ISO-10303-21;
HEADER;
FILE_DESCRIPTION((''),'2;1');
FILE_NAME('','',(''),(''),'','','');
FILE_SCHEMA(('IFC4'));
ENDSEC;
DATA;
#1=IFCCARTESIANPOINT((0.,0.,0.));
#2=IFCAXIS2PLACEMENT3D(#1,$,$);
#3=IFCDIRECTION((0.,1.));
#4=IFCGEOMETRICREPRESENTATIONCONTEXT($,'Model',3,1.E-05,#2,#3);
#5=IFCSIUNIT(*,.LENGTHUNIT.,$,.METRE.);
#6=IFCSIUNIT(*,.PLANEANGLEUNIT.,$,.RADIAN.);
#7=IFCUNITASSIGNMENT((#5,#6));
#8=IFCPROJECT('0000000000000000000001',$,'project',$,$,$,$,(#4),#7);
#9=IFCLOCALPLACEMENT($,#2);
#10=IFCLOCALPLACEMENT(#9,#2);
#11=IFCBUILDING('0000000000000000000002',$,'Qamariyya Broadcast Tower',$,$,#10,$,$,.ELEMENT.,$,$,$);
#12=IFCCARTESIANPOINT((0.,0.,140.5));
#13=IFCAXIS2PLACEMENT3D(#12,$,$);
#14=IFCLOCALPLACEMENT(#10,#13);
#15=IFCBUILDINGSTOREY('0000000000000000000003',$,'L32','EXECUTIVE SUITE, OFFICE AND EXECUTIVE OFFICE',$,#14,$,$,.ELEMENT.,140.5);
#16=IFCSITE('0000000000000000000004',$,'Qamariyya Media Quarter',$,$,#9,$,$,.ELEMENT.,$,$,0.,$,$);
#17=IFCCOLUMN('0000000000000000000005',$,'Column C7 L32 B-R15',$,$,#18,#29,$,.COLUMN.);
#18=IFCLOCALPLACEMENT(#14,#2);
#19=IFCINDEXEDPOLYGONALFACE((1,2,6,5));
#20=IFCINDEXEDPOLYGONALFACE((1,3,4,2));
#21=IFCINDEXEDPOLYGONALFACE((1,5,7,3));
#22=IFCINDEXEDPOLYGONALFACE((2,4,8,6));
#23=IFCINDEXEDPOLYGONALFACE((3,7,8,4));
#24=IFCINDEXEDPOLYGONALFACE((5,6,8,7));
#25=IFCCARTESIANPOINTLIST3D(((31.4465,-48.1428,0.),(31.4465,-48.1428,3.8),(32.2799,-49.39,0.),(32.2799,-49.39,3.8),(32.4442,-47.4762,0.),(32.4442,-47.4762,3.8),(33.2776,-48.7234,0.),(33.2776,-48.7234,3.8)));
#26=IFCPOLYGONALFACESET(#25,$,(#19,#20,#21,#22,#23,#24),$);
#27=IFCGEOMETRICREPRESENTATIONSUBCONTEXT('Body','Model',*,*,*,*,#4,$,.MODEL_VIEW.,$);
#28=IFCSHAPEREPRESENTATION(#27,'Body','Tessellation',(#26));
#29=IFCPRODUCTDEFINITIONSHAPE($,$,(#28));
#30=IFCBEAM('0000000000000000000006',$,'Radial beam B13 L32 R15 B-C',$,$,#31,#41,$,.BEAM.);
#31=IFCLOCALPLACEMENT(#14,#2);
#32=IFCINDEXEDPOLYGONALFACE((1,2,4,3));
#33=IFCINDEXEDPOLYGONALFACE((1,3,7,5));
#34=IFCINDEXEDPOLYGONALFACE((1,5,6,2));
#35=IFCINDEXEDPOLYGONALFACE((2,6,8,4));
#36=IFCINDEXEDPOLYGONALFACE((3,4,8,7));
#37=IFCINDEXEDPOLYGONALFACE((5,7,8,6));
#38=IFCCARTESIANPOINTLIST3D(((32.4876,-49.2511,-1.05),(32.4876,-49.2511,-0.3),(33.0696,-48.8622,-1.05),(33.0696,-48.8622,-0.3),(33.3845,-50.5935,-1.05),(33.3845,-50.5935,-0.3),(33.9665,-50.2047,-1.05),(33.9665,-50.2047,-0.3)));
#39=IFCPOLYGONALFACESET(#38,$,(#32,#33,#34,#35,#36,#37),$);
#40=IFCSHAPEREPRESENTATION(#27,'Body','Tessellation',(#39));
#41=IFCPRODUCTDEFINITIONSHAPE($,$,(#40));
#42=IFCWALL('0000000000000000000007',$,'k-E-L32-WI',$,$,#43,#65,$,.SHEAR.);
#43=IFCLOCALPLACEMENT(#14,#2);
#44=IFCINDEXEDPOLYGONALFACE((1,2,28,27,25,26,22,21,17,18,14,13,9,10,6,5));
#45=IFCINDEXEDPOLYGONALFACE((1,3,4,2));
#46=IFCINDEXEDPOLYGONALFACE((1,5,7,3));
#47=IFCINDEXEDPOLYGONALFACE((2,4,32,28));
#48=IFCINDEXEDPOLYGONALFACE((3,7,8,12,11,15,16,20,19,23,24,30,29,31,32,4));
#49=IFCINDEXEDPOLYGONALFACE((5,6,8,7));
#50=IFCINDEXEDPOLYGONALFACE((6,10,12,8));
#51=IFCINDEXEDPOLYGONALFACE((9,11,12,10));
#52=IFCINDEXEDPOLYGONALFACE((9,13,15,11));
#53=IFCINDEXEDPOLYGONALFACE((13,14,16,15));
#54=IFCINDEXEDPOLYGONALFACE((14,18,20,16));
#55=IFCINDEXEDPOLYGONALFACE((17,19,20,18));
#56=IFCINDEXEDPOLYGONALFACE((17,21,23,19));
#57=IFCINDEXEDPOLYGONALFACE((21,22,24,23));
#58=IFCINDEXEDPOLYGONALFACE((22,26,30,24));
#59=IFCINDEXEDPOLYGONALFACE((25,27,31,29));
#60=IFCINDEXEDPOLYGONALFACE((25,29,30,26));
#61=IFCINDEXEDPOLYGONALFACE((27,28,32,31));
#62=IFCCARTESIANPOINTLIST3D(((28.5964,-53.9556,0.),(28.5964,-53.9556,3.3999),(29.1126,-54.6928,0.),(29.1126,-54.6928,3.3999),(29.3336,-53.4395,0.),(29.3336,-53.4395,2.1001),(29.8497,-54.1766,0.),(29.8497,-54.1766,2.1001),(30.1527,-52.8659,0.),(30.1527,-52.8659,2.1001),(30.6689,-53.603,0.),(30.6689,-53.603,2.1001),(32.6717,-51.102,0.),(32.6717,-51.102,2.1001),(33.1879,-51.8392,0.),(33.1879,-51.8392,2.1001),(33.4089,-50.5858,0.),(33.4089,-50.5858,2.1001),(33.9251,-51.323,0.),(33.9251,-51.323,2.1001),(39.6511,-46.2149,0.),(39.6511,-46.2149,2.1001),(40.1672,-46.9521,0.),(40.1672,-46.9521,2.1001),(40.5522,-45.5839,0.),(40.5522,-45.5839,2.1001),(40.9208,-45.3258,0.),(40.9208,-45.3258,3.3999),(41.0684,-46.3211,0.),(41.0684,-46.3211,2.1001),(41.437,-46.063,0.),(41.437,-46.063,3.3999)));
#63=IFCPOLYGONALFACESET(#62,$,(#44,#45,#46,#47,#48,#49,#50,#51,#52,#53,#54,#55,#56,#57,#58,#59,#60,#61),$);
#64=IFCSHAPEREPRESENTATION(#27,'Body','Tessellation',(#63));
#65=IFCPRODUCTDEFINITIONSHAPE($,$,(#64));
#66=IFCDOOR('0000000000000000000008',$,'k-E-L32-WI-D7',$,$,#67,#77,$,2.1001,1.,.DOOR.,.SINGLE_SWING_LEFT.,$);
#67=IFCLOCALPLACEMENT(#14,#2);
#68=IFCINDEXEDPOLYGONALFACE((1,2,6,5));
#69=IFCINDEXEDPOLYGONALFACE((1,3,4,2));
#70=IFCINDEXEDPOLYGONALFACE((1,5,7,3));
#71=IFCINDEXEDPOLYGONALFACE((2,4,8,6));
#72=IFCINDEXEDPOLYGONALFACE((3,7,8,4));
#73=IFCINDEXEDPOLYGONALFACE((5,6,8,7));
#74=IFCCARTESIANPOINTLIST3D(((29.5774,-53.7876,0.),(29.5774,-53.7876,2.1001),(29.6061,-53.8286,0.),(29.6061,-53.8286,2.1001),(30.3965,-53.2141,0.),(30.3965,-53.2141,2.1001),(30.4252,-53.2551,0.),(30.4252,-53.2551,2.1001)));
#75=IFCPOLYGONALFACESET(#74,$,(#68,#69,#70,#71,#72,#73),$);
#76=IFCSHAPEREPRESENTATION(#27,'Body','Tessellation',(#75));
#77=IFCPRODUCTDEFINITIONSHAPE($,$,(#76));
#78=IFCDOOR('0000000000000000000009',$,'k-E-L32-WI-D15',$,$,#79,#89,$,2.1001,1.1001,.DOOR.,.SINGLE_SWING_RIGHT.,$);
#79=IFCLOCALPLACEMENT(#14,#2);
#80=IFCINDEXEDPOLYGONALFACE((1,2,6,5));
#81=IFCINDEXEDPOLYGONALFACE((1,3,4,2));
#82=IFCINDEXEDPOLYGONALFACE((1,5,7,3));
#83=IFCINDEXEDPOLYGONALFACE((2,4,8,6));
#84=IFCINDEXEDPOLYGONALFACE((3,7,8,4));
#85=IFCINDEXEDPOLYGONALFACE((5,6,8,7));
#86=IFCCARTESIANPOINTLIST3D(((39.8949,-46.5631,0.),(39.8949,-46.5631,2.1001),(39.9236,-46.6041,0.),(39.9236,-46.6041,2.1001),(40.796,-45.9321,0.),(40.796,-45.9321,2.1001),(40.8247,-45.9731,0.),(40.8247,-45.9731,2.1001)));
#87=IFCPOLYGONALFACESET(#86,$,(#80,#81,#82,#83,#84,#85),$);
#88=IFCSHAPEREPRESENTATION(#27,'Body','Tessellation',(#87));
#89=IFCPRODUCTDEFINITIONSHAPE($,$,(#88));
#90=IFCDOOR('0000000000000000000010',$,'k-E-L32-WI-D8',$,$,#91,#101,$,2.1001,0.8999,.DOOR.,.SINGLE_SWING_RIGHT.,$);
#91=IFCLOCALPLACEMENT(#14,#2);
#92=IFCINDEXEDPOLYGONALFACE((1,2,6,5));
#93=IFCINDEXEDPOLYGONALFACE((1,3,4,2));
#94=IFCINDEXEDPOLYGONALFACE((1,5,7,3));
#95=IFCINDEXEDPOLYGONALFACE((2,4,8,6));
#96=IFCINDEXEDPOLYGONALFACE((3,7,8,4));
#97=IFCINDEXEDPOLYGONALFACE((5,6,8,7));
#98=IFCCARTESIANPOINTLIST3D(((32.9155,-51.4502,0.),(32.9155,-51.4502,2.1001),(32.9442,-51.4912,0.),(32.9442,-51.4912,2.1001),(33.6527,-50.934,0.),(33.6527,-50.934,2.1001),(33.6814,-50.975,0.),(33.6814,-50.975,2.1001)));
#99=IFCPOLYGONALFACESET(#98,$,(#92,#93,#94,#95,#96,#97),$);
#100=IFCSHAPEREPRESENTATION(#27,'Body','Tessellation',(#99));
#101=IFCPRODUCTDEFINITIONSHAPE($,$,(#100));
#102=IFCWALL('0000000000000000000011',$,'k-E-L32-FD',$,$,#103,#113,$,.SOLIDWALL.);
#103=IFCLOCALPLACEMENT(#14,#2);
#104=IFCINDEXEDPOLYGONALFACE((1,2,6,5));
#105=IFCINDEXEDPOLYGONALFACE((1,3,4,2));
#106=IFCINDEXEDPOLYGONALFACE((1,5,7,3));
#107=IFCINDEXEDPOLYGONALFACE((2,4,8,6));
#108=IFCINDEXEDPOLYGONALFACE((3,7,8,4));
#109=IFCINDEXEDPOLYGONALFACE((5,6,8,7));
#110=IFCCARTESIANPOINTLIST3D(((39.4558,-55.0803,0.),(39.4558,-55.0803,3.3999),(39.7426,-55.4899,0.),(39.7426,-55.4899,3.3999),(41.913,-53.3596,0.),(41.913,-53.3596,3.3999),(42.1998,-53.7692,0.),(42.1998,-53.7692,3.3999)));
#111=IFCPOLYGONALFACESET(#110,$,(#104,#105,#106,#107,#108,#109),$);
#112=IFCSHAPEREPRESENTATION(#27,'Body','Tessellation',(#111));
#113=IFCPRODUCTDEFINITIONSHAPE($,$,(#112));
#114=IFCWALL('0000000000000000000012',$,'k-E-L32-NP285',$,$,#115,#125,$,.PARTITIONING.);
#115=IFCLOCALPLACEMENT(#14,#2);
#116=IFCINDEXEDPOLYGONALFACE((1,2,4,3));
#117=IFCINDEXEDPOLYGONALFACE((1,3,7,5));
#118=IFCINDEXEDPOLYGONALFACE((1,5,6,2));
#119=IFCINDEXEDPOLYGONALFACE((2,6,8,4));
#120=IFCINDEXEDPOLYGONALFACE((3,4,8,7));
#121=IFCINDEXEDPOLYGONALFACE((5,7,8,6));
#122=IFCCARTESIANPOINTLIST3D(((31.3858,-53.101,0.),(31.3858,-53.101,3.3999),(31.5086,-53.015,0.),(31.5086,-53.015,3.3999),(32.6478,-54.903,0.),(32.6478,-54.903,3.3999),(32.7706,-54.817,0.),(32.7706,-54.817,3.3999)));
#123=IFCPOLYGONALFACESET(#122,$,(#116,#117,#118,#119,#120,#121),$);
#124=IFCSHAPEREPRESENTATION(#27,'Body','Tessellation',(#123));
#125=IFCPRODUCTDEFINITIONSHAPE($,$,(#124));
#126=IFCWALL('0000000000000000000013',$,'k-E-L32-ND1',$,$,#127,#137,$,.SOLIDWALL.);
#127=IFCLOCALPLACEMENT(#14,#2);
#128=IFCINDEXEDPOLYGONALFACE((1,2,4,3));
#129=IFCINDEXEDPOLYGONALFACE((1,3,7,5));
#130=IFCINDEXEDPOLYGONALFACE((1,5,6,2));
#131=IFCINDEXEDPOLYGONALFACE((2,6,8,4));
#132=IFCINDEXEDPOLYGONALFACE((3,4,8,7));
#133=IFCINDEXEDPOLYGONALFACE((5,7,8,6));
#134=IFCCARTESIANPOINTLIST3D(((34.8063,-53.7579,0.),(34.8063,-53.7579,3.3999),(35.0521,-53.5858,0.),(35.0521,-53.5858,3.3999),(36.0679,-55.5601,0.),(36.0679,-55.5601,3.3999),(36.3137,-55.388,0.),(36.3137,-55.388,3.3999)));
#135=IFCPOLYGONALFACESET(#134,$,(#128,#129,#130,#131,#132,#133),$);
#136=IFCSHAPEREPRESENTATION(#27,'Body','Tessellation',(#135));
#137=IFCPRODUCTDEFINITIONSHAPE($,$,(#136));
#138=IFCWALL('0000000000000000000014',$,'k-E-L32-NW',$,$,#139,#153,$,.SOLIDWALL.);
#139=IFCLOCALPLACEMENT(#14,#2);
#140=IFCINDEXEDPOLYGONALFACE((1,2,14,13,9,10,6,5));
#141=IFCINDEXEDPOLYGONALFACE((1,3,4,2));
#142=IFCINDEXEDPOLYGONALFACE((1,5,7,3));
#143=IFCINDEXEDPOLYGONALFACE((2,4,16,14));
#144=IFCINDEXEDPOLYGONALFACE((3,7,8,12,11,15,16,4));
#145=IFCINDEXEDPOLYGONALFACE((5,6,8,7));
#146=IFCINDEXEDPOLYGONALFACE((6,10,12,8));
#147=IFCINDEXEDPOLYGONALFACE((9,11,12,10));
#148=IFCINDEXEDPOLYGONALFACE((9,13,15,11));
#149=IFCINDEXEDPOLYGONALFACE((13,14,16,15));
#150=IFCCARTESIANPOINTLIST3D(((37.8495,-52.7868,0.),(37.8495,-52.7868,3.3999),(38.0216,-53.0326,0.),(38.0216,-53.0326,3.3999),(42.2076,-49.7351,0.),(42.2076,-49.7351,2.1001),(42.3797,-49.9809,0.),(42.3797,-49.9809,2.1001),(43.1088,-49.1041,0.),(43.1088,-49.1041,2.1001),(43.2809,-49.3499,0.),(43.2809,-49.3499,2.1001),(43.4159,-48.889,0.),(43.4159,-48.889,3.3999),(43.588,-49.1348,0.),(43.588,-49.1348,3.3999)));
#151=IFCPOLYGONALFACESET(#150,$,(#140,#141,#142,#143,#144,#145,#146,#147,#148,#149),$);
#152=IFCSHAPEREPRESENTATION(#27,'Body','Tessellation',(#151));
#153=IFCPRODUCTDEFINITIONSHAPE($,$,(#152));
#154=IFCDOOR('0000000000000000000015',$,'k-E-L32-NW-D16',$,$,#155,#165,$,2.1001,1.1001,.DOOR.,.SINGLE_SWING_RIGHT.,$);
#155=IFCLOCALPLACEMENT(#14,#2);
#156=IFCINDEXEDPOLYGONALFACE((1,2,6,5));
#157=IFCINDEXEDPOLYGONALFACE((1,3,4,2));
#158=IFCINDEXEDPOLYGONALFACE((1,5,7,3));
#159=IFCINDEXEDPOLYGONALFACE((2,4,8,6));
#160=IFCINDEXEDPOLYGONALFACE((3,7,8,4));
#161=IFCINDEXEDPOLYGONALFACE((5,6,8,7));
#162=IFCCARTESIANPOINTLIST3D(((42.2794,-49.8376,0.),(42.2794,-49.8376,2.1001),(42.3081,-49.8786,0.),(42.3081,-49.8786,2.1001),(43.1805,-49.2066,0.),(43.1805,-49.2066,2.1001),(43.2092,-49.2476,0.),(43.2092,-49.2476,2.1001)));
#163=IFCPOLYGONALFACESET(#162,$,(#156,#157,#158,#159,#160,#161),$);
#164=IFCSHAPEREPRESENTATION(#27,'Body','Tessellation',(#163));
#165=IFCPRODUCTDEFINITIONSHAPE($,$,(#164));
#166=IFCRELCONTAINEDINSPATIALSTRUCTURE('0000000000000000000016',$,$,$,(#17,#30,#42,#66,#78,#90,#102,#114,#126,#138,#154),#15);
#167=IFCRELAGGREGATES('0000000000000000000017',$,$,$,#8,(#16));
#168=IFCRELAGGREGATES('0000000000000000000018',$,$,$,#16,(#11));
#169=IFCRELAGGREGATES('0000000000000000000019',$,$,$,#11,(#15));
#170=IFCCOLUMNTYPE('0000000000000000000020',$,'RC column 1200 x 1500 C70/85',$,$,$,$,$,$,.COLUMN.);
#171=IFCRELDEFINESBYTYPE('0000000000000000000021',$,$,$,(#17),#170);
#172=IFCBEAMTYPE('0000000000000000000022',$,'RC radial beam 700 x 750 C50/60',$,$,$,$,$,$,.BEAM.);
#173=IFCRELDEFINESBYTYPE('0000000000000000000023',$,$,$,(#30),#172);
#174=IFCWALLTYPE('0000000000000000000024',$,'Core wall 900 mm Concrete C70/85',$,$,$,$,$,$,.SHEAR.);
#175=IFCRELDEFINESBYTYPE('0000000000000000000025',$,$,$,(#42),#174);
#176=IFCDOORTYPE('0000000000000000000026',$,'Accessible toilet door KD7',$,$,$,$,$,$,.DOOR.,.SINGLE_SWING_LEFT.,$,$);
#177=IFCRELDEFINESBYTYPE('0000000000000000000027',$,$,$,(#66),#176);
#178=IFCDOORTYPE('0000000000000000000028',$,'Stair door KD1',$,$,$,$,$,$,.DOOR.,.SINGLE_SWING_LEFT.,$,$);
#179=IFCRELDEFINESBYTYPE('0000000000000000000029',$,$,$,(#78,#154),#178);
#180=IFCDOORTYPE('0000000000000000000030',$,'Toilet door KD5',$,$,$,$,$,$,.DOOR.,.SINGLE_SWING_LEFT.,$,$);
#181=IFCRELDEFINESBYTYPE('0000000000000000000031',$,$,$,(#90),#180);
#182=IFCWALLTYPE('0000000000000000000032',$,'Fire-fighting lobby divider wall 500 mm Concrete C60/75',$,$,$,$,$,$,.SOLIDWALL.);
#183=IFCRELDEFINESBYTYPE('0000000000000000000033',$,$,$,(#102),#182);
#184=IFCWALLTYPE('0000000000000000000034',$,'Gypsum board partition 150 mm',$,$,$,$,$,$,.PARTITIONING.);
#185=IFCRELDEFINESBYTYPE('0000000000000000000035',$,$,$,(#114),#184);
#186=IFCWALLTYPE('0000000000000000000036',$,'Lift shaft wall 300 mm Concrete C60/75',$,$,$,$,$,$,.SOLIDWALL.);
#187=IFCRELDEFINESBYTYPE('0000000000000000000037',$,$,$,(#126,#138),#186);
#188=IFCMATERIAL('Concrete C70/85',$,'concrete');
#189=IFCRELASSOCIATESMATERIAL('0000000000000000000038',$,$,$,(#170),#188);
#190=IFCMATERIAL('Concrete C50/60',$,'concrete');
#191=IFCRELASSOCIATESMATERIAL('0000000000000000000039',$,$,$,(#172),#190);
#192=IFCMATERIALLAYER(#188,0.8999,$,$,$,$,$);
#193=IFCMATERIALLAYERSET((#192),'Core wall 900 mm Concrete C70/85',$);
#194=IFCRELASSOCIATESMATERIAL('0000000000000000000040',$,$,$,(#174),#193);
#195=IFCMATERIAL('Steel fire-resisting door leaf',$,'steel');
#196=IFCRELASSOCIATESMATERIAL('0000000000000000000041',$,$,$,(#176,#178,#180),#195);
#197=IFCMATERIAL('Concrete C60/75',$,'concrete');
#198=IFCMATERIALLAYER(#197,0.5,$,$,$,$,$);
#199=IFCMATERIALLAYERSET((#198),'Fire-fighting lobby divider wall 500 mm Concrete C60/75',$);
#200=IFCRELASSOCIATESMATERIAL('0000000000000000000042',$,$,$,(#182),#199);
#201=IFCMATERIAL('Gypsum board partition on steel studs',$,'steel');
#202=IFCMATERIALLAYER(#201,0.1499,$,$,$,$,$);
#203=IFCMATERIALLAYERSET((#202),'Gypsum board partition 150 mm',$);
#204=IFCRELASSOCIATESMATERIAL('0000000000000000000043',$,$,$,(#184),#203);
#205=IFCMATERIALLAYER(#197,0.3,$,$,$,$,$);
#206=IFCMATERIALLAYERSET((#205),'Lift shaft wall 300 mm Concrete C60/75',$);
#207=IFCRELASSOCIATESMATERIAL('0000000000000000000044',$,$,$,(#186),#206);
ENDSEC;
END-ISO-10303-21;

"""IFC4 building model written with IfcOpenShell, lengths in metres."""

from ifc_helpers import new_model, si_unit, direction, frame, frame_2d, origin, origin_2d, place, context, subcontext, project, spatial, rectangle, extrude, material, layer, layer_set, material_profile, profile_set, type_object, element, fill, save


model = new_model("IFC4")

# Units and contexts
model_context = context("Model", 3, precision=1e-05, world=origin(), true_north=direction((0.0, 1.0)))
body_context = subcontext(model_context, "Body", "Model", "MODEL_VIEW")
ifc_project = project(units=[si_unit("LENGTHUNIT", "METRE"), si_unit("PLANEANGLEUNIT", "RADIAN")], contexts=[model_context])

# Site, building, storey
site_placement = place(None, origin())
site = spatial("IfcSite", under=ifc_project, at=site_placement, Name="Qamariyya Media Quarter", CompositionType="ELEMENT", RefElevation=0.0)
building_placement = place(site_placement, origin())
building = spatial("IfcBuilding", under=site, at=building_placement, Name="Qamariyya Broadcast Tower", CompositionType="ELEMENT")
storey_placement = place(building_placement, frame((0.0, 0.0, 140.5)))
storey = spatial("IfcBuildingStorey", under=building, at=storey_placement, Name="L32", Description="EXECUTIVE SUITE, OFFICE AND EXECUTIVE OFFICE", CompositionType="ELEMENT", Elevation=140.5)

# Column
ifc_material_1 = material(Name="Concrete C70/85", Category="concrete")
ifc_material_profile_1 = material_profile(ifc_material_1, rectangle(XDim=1.2, YDim=1.5, at=origin_2d()))
ifc_profile_set_1 = profile_set([ifc_material_profile_1], Name="Concrete C70/85")
column_type = type_object("IfcColumnType", Name="RC column 1200 x 1500 C70/85", PredefinedType="COLUMN", material=ifc_profile_set_1)
column_placement = place(storey_placement, frame((32.3621, -48.4331, 0.0), z_axis=(0.0, 0.0, 1.0), x_axis=(0.83147, 0.55557, 0.0)))
element("IfcColumn", 1, at=column_placement, inside=storey, type_object=column_type, Name="Column C7 L32 B-R15", PredefinedType="COLUMN", context=body_context, shape_type="SweptSolid", body=[
    extrude(rectangle(XDim=1.2, YDim=1.5, at=origin_2d()), origin(), (0.0, 0.0, 1.0), 3.8),
])

# Beam
ifc_material_2 = material(Name="Concrete C50/60", Category="concrete")
ifc_material_profile_2 = material_profile(ifc_material_2, rectangle(XDim=0.7, YDim=0.75, at=origin_2d()))
ifc_profile_set_2 = profile_set([ifc_material_profile_2], Name="Concrete C50/60")
beam_type = type_object("IfcBeamType", Name="RC radial beam 700 x 750 C50/60", PredefinedType="BEAM", material=ifc_profile_set_2)
beam_placement = place(storey_placement, frame((32.7786, -49.0566, -0.675), z_axis=(0.555537, -0.831492, 0.0), x_axis=(0.831492, 0.555537, 0.0)))
element("IfcBeam", 2, at=beam_placement, inside=storey, type_object=beam_type, Name="Radial beam B13 L32 R15 B-C", PredefinedType="BEAM", context=body_context, shape_type="SweptSolid", body=[
    extrude(rectangle(XDim=0.7, YDim=0.75, at=origin_2d()), origin(), (0.0, 0.0, 1.0), 1.6145),
])

# Wall, openings, doors
ifc_layer_1 = layer(ifc_material_1, 0.8999)
ifc_layer_set_1 = layer_set([ifc_layer_1], Name="Core wall 900 mm Concrete C70/85")
wall_type_1 = type_object("IfcWallType", Name="Core wall 900 mm Concrete C70/85", PredefinedType="SHEAR", material=ifc_layer_set_1)
wall_1_placement = place(storey_placement, frame((28.8545, -54.3242, 0.0), z_axis=(0.0, 0.0, 1.0), x_axis=(0.819146, 0.573585, 0.0)))
wall_1 = element("IfcWall", 3, at=wall_1_placement, inside=storey, type_object=wall_type_1, Name="k-E-L32-WI", PredefinedType="SHEAR", context=body_context, shape_type="SweptSolid", body=[
    extrude(rectangle(XDim=15.0454, YDim=0.8999, at=frame_2d((7.5227, 0.0))), origin(), (0.0, 0.0, 1.0), 3.3999),
])
opening_1_placement = place(wall_1_placement, frame((0.8999, 0.0, 0.0)))
opening_1 = element("IfcOpeningElement", 4, at=opening_1_placement, cuts=wall_1, PredefinedType="OPENING", context=body_context, shape_type="SweptSolid", body=[
    extrude(rectangle(XDim=1.0, YDim=2.1001, at=frame_2d((0.5, 1.05))), frame((0.0, 0.46, 0.0), z_axis=(0.0, -1.0, 0.0), x_axis=(1.0, 0.0, 0.0)), (0.0, 0.0, 1.0), 0.9199),
])
opening_2_placement = place(wall_1_placement, frame((4.9751, 0.0, 0.0)))
opening_2 = element("IfcOpeningElement", 5, at=opening_2_placement, cuts=wall_1, PredefinedType="OPENING", context=body_context, shape_type="SweptSolid", body=[
    extrude(rectangle(XDim=0.8999, YDim=2.1001, at=frame_2d((0.45, 1.05))), frame((0.0, 0.46, 0.0), z_axis=(0.0, -1.0, 0.0), x_axis=(1.0, 0.0, 0.0)), (0.0, 0.0, 1.0), 0.9199),
])
opening_3_placement = place(wall_1_placement, frame((13.4954, 0.0, 0.0)))
opening_3 = element("IfcOpeningElement", 6, at=opening_3_placement, cuts=wall_1, PredefinedType="OPENING", context=body_context, shape_type="SweptSolid", body=[
    extrude(rectangle(XDim=1.1001, YDim=2.1001, at=frame_2d((0.55, 1.05))), frame((0.0, 0.46, 0.0), z_axis=(0.0, -1.0, 0.0), x_axis=(1.0, 0.0, 0.0)), (0.0, 0.0, 1.0), 0.9199),
])
ifc_material_3 = material(Name="Steel fire-resisting door leaf", Category="steel")
door_type_1 = type_object("IfcDoorType", Name="Accessible toilet door KD7", OperationType="SINGLE_SWING_LEFT", PredefinedType="DOOR", material=ifc_material_3)
door_1_placement = place(opening_1_placement, origin())
door_1 = element("IfcDoor", 7, at=door_1_placement, inside=storey, type_object=door_type_1, Name="k-E-L32-WI-D7", OperationType="SINGLE_SWING_LEFT", OverallHeight=2.1001, OverallWidth=1.0, PredefinedType="DOOR", context=body_context, shape_type="SweptSolid", body=[
    extrude(rectangle(XDim=1.0, YDim=2.1001, at=frame_2d((0.5, 1.05))), frame((0.0, 0.0249, 0.0), z_axis=(0.0, -1.0, 0.0), x_axis=(1.0, 0.0, 0.0)), (0.0, 0.0, 1.0), 0.05),
])
fill(opening_1, door_1)
door_type_2 = type_object("IfcDoorType", Name="Stair door KD1", OperationType="SINGLE_SWING_LEFT", PredefinedType="DOOR", material=ifc_material_3)
door_2_placement = place(opening_3_placement, origin())
door_2 = element("IfcDoor", 8, at=door_2_placement, inside=storey, type_object=door_type_2, Name="k-E-L32-WI-D15", OperationType="SINGLE_SWING_RIGHT", OverallHeight=2.1001, OverallWidth=1.1001, PredefinedType="DOOR", context=body_context, shape_type="SweptSolid", body=[
    extrude(rectangle(XDim=1.1001, YDim=2.1001, at=frame_2d((0.55, 1.05))), frame((0.0, 0.0249, 0.0), z_axis=(0.0, -1.0, 0.0), x_axis=(1.0, 0.0, 0.0)), (0.0, 0.0, 1.0), 0.05),
])
fill(opening_3, door_2)
door_type_3 = type_object("IfcDoorType", Name="Toilet door KD5", OperationType="SINGLE_SWING_LEFT", PredefinedType="DOOR", material=ifc_material_3)
door_3_placement = place(opening_2_placement, origin())
door_3 = element("IfcDoor", 9, at=door_3_placement, inside=storey, type_object=door_type_3, Name="k-E-L32-WI-D8", OperationType="SINGLE_SWING_RIGHT", OverallHeight=2.1001, OverallWidth=0.8999, PredefinedType="DOOR", context=body_context, shape_type="SweptSolid", body=[
    extrude(rectangle(XDim=0.8999, YDim=2.1001, at=frame_2d((0.45, 1.05))), frame((0.0, 0.0249, 0.0), z_axis=(0.0, -1.0, 0.0), x_axis=(1.0, 0.0, 0.0)), (0.0, 0.0, 1.0), 0.05),
])
fill(opening_2, door_3)

# Walls
ifc_material_4 = material(Name="Concrete C60/75", Category="concrete")
ifc_layer_2 = layer(ifc_material_4, 0.5)
ifc_layer_set_2 = layer_set([ifc_layer_2], Name="Fire-fighting lobby divider wall 500 mm Concrete C60/75")
wall_type_2 = type_object("IfcWallType", Name="Fire-fighting lobby divider wall 500 mm Concrete C60/75", PredefinedType="SOLIDWALL", material=ifc_layer_set_2)
wall_2_placement = place(storey_placement, frame((39.5991, -55.2852, 0.0), z_axis=(0.0, 0.0, 1.0), x_axis=(0.819136, 0.573599, 0.0)))
element("IfcWall", 10, at=wall_2_placement, inside=storey, type_object=wall_type_2, Name="k-E-L32-FD", PredefinedType="SOLIDWALL", context=body_context, shape_type="SweptSolid", body=[
    extrude(rectangle(XDim=2.9998, YDim=0.5, at=frame_2d((1.5, 0.0))), origin(), (0.0, 0.0, 1.0), 3.3999),
])
ifc_material_5 = material(Name="Gypsum board partition on steel studs", Category="steel")
ifc_layer_3 = layer(ifc_material_5, 0.1499)
ifc_layer_set_3 = layer_set([ifc_layer_3], Name="Gypsum board partition 150 mm")
wall_type_3 = type_object("IfcWallType", Name="Gypsum board partition 150 mm", PredefinedType="PARTITIONING", material=ifc_layer_set_3)
wall_3_placement = place(storey_placement, frame((32.7092, -54.8601, 0.0), z_axis=(0.0, 0.0, 1.0), x_axis=(-0.573634, 0.819112, 0.0)))
element("IfcWall", 11, at=wall_3_placement, inside=storey, type_object=wall_type_3, Name="k-E-L32-NP285", PredefinedType="PARTITIONING", context=body_context, shape_type="SweptSolid", body=[
    extrude(rectangle(XDim=2.2, YDim=0.1499, at=frame_2d((1.1001, 0.0))), origin(), (0.0, 0.0, 1.0), 3.3999),
])
ifc_layer_4 = layer(ifc_material_4, 0.3)
ifc_layer_set_4 = layer_set([ifc_layer_4], Name="Lift shaft wall 300 mm Concrete C60/75")
wall_type_4 = type_object("IfcWallType", Name="Lift shaft wall 300 mm Concrete C60/75", PredefinedType="SOLIDWALL", material=ifc_layer_set_4)
wall_4_placement = place(storey_placement, frame((36.1909, -55.4741, 0.0), z_axis=(0.0, 0.0, 1.0), x_axis=(-0.573507, 0.819201, 0.0)))
element("IfcWall", 12, at=wall_4_placement, inside=storey, type_object=wall_type_4, Name="k-E-L32-ND1", PredefinedType="SOLIDWALL", context=body_context, shape_type="SweptSolid", body=[
    extrude(rectangle(XDim=2.2, YDim=0.3, at=frame_2d((1.1001, 0.0))), origin(), (0.0, 0.0, 1.0), 3.3999),
])

# Wall, opening, door
wall_5_placement = place(storey_placement, frame((37.9355, -52.9097, 0.0), z_axis=(0.0, 0.0, 1.0), x_axis=(0.819148, 0.573583, 0.0)))
wall_5 = element("IfcWall", 13, at=wall_5_placement, inside=storey, type_object=wall_type_4, Name="k-E-L32-NW", PredefinedType="SOLIDWALL", context=body_context, shape_type="SweptSolid", body=[
    extrude(rectangle(XDim=6.7954, YDim=0.3, at=frame_2d((3.3977, 0.0))), origin(), (0.0, 0.0, 1.0), 3.3999),
])
opening_4_placement = place(wall_5_placement, frame((5.3203, 0.0, 0.0)))
opening_4 = element("IfcOpeningElement", 14, at=opening_4_placement, cuts=wall_5, PredefinedType="OPENING", context=body_context, shape_type="SweptSolid", body=[
    extrude(rectangle(XDim=1.1001, YDim=2.1001, at=frame_2d((0.55, 1.05))), frame((0.0, 0.1599, 0.0), z_axis=(0.0, -1.0, 0.0), x_axis=(1.0, 0.0, 0.0)), (0.0, 0.0, 1.0), 0.3201),
])
door_4_placement = place(opening_4_placement, origin())
door_4 = element("IfcDoor", 15, at=door_4_placement, inside=storey, type_object=door_type_2, Name="k-E-L32-NW-D16", OperationType="SINGLE_SWING_RIGHT", OverallHeight=2.1001, OverallWidth=1.1001, PredefinedType="DOOR", context=body_context, shape_type="SweptSolid", body=[
    extrude(rectangle(XDim=1.1001, YDim=2.1001, at=frame_2d((0.55, 1.05))), frame((0.0, 0.0249, 0.0), z_axis=(0.0, -1.0, 0.0), x_axis=(1.0, 0.0, 0.0)), (0.0, 0.0, 1.0), 0.05),
])
fill(opening_4, door_4)

save(model, "model.ifc")
